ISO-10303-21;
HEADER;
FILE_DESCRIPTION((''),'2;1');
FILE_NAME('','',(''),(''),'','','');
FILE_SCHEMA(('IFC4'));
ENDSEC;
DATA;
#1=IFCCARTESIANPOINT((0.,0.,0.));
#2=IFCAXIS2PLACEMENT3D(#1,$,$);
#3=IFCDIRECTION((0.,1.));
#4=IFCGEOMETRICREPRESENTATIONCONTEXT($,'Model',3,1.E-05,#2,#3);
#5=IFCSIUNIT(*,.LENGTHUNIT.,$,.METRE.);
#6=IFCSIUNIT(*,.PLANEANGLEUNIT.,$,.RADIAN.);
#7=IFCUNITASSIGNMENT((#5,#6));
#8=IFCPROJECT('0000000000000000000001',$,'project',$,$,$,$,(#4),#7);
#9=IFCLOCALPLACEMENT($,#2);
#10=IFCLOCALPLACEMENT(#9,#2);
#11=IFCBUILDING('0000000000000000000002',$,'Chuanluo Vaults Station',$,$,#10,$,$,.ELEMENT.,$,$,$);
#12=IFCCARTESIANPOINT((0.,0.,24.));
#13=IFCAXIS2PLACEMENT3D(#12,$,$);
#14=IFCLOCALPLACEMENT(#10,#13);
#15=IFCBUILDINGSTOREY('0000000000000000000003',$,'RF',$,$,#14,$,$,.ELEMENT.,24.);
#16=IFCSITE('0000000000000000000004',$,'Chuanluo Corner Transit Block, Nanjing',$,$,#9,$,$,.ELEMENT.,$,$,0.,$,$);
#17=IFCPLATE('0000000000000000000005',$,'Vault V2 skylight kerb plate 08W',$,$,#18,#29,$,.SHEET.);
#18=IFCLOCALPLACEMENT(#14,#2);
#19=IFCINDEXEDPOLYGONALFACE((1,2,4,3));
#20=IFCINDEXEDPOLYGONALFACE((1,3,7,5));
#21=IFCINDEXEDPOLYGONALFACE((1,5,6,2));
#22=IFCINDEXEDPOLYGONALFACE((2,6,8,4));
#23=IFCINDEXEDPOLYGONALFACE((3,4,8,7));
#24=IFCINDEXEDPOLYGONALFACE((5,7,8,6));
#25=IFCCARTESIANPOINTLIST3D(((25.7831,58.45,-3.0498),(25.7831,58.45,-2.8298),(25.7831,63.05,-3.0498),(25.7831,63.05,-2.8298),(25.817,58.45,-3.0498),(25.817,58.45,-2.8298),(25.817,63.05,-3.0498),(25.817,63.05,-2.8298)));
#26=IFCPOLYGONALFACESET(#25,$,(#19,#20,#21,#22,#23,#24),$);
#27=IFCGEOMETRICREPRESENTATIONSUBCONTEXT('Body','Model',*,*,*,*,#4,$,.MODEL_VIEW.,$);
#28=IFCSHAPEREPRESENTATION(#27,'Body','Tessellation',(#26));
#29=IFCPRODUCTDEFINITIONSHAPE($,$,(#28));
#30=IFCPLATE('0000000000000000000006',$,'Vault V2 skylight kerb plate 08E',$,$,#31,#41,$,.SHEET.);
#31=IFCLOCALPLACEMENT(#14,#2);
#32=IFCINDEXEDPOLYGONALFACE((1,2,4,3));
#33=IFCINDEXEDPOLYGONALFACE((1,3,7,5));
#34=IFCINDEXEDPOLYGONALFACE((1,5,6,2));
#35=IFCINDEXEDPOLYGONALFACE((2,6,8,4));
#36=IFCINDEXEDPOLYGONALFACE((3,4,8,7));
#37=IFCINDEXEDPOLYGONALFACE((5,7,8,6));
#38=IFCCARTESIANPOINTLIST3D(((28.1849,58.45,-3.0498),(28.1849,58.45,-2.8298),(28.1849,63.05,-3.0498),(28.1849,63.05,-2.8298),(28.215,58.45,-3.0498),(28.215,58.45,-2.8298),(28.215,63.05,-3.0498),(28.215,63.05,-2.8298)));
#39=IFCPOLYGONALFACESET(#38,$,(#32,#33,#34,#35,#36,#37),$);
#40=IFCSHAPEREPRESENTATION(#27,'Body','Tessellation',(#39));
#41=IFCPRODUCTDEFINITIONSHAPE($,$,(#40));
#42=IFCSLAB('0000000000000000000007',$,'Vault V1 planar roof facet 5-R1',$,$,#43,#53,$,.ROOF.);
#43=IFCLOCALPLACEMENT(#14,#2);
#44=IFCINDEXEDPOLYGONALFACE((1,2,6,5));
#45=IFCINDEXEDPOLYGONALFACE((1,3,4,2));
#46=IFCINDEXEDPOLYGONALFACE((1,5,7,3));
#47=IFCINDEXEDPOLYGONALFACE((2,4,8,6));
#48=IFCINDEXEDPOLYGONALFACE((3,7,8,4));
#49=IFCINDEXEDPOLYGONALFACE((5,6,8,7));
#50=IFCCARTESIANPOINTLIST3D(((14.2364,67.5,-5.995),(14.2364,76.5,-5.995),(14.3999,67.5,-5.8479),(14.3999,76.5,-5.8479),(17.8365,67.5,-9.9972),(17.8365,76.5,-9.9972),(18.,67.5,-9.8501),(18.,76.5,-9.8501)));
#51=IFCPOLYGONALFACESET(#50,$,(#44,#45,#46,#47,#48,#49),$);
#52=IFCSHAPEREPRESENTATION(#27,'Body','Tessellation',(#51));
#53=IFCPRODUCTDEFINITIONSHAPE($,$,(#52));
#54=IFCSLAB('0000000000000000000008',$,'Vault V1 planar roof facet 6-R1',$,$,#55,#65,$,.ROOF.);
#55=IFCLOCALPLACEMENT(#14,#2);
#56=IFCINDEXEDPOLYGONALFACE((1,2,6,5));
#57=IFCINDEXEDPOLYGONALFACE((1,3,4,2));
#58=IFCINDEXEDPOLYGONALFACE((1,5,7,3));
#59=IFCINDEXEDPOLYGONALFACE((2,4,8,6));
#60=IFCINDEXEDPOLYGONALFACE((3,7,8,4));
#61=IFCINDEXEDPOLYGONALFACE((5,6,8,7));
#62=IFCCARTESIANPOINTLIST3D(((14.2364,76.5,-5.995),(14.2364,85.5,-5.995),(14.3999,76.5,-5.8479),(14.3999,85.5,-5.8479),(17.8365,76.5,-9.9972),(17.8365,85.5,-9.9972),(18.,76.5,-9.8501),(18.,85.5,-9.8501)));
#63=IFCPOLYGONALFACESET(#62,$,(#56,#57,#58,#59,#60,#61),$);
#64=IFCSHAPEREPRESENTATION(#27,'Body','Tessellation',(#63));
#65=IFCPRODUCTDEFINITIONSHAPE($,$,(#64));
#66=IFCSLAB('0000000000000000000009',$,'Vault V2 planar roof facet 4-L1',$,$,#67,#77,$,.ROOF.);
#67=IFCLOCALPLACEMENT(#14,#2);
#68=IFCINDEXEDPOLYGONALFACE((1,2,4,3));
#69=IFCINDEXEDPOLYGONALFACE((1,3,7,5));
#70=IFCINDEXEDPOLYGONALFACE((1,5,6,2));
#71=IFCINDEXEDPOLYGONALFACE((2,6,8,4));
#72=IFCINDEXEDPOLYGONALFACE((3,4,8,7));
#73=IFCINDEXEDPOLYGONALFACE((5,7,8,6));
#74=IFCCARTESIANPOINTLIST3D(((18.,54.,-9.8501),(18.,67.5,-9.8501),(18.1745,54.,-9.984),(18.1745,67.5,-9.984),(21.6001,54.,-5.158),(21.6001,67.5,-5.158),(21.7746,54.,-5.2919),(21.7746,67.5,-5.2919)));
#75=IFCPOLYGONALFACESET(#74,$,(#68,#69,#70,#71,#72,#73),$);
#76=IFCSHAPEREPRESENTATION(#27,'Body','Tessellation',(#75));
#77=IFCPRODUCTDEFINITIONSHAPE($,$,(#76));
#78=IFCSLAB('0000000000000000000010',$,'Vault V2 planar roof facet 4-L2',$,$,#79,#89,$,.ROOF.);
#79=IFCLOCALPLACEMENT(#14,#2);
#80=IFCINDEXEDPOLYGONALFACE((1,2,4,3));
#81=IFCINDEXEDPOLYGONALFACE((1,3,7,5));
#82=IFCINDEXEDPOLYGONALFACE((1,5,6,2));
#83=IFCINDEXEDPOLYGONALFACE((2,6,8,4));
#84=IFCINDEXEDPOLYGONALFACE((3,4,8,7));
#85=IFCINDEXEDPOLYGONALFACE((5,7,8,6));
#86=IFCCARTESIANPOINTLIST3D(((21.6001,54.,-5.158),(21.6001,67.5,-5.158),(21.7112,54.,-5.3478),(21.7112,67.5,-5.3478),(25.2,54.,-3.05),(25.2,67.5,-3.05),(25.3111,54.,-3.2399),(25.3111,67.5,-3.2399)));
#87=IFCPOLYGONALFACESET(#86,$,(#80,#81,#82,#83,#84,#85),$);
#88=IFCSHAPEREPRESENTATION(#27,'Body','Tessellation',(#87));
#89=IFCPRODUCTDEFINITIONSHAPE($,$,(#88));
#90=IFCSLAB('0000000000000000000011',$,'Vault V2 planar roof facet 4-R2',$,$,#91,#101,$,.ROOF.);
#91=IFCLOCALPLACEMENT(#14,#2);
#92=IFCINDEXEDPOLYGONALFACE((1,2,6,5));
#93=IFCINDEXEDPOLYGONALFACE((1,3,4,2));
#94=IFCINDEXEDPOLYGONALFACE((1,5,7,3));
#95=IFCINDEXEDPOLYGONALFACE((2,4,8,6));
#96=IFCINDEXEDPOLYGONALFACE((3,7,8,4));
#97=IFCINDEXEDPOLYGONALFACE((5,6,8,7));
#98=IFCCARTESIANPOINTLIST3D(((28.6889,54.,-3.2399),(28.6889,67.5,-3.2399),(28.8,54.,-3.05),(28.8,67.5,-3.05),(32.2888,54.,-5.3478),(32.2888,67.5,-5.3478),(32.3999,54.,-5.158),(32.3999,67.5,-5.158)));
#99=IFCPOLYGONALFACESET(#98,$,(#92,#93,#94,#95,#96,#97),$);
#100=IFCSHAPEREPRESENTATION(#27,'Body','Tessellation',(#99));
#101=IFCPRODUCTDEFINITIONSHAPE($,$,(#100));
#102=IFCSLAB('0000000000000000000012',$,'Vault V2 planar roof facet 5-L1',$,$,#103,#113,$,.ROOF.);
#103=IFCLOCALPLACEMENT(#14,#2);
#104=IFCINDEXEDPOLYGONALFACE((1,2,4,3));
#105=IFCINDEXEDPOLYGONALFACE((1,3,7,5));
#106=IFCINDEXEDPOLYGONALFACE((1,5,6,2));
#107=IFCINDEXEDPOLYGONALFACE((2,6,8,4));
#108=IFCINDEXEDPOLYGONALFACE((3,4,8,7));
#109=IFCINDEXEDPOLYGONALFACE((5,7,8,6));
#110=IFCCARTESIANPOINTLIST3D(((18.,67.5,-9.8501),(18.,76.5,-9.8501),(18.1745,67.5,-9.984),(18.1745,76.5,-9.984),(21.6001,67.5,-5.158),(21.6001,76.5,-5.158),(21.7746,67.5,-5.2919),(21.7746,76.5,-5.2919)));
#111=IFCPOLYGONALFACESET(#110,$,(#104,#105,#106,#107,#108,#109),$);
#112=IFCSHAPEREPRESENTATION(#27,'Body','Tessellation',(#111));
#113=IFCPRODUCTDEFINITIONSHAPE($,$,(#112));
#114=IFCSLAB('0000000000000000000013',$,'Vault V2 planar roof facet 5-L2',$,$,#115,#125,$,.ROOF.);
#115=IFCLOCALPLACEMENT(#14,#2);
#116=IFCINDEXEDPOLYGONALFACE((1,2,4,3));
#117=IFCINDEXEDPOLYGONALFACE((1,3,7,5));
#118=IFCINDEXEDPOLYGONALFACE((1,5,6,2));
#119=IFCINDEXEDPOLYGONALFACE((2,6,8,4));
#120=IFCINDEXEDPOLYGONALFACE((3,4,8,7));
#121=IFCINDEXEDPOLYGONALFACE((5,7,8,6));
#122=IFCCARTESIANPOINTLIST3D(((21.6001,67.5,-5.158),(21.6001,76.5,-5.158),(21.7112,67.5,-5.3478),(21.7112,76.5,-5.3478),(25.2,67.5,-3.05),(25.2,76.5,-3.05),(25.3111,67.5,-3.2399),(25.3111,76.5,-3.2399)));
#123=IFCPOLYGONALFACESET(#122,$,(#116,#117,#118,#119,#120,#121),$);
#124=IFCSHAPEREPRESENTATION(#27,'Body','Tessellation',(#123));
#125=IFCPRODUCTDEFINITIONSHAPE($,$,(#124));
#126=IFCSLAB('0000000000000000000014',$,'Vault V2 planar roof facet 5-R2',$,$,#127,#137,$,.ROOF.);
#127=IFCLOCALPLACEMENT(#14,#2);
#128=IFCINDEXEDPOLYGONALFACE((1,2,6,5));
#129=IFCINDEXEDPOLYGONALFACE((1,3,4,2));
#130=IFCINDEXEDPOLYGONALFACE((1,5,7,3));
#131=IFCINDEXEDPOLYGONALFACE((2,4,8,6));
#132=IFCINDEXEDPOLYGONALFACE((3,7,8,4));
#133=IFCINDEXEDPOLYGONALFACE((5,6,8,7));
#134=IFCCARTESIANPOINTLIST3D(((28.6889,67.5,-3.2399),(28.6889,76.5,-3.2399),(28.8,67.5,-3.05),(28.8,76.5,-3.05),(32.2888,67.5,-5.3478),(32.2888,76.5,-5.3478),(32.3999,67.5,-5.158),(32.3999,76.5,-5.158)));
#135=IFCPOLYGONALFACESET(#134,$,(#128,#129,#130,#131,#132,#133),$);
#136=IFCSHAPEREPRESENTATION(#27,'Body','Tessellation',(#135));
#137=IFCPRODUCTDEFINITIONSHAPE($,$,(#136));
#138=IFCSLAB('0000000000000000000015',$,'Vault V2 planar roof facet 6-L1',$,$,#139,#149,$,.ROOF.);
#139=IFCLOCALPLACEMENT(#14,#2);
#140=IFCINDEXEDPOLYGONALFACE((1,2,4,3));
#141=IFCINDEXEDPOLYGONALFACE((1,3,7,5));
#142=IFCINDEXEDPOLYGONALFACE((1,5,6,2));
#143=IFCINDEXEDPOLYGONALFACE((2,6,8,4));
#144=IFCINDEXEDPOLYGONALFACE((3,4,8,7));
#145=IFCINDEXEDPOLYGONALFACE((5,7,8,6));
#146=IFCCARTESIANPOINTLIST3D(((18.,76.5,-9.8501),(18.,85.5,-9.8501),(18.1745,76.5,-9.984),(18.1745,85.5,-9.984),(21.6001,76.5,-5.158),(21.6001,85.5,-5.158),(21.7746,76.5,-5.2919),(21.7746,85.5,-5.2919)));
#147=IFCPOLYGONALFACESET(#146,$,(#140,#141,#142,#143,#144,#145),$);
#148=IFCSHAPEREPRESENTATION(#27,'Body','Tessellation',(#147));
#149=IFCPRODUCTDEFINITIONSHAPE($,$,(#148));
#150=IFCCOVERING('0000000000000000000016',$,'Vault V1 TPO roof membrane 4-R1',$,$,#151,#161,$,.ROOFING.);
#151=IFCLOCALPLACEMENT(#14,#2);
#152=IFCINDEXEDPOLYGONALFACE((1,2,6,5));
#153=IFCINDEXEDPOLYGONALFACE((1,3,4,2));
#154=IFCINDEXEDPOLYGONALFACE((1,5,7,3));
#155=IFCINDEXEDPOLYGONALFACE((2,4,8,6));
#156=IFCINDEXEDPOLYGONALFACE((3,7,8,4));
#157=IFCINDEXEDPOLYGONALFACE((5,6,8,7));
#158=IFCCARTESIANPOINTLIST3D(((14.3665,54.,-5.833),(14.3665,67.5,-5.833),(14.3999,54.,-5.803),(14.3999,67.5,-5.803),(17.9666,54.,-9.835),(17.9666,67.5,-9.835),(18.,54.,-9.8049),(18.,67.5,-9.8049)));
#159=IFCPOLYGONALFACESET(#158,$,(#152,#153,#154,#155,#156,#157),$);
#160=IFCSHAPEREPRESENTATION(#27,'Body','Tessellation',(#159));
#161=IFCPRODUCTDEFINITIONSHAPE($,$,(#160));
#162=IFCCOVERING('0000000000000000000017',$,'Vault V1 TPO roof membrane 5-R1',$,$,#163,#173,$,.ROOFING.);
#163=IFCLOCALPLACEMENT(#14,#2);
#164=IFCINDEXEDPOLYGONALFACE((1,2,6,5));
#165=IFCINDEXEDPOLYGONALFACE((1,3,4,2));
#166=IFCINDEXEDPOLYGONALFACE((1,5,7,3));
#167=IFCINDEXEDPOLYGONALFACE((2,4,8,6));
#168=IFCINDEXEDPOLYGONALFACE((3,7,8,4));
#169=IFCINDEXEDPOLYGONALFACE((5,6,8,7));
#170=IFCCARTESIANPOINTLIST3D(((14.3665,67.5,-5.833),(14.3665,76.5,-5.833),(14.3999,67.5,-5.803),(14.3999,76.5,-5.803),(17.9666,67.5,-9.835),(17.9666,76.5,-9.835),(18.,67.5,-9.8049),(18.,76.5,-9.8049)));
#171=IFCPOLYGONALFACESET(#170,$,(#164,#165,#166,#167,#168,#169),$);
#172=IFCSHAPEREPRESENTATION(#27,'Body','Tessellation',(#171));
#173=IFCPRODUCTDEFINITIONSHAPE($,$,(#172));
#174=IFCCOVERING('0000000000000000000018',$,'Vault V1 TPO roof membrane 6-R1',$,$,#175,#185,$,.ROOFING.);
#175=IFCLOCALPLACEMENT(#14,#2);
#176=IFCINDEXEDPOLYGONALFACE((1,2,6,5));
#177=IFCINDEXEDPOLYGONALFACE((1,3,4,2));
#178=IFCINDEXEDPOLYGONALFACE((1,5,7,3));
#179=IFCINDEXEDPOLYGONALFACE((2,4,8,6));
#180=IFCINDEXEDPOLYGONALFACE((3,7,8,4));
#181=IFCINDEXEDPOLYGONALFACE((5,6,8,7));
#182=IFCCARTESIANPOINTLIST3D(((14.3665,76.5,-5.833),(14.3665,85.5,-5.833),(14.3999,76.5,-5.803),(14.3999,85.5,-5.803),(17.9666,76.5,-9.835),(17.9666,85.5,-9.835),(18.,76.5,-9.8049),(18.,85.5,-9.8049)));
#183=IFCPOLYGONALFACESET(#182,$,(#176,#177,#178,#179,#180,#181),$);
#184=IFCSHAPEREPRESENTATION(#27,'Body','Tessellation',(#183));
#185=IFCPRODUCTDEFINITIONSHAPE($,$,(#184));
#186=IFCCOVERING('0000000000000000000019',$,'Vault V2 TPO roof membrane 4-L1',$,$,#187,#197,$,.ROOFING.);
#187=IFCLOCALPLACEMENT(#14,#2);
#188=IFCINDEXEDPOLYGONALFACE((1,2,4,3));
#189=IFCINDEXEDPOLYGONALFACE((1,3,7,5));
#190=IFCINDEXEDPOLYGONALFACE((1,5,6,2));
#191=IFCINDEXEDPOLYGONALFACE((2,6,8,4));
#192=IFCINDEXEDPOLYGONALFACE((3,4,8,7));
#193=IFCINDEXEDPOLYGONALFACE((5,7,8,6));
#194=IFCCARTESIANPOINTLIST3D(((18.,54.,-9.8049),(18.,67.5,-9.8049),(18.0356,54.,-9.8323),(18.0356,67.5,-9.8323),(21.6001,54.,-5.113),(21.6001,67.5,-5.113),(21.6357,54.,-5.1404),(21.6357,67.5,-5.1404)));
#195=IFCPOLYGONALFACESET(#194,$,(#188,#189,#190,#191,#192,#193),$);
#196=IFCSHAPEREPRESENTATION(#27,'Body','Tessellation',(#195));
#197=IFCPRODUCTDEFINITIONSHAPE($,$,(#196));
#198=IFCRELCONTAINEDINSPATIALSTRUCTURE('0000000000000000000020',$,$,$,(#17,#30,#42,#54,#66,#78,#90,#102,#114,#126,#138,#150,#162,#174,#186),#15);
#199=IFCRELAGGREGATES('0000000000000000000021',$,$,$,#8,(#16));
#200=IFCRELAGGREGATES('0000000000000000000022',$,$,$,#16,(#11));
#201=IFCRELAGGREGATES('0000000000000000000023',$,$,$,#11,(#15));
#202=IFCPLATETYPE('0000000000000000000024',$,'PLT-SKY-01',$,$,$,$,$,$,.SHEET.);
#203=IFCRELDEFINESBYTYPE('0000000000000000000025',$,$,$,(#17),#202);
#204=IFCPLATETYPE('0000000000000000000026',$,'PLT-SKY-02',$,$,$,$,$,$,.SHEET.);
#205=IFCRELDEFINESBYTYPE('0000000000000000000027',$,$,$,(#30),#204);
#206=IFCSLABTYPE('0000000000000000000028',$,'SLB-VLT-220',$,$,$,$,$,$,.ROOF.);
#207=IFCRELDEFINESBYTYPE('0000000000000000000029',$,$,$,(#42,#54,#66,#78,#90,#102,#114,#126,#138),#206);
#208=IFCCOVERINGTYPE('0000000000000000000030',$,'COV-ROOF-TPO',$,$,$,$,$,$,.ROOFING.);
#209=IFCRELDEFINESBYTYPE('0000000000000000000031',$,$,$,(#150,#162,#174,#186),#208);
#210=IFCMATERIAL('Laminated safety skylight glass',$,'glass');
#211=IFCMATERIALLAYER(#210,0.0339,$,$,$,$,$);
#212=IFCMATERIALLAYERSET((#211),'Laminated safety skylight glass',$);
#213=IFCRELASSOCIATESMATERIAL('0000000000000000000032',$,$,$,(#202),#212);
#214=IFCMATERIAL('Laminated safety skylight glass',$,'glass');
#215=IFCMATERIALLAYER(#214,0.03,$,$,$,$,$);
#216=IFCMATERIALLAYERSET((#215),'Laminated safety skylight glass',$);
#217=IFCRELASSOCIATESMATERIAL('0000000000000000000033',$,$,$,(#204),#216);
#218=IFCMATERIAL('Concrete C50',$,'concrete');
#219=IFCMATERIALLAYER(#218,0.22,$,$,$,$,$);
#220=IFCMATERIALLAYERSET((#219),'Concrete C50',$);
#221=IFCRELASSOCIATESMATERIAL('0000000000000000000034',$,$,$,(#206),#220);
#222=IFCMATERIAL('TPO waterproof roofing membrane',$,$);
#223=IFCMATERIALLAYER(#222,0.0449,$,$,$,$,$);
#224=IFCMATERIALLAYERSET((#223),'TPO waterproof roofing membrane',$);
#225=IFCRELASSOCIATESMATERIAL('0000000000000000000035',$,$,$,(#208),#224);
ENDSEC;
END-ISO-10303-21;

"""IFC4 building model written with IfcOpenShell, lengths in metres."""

from ifc_helpers import new_model, si_unit, direction, frame, origin, origin_2d, place, context, subcontext, project, spatial, polyline, rectangle, outline, extrude, material, layer, layer_set, type_object, element, save


model = new_model("IFC4")

# Units and contexts
model_context = context("Model", 3, precision=1e-05, world=origin(), true_north=direction((0.0, 1.0)))
body_context = subcontext(model_context, "Body", "Model", "MODEL_VIEW")
ifc_project = project(units=[si_unit("LENGTHUNIT", "METRE"), si_unit("PLANEANGLEUNIT", "RADIAN")], contexts=[model_context])

# Site, building, storey
site_placement = place(None, origin())
site = spatial("IfcSite", under=ifc_project, at=site_placement, Name="Chuanluo Corner Transit Block, Nanjing", CompositionType="ELEMENT", RefElevation=0.0)
building_placement = place(site_placement, origin())
building = spatial("IfcBuilding", under=site, at=building_placement, Name="Chuanluo Vaults Station", CompositionType="ELEMENT")
storey_placement = place(building_placement, frame((0.0, 0.0, 24.0)))
storey = spatial("IfcBuildingStorey", under=building, at=storey_placement, Name="RF", CompositionType="ELEMENT", Elevation=24.0)

# Plates
ifc_material_1 = material(Name="Laminated safety skylight glass", Category="glass")
ifc_layer_1 = layer(ifc_material_1, 0.0339)
ifc_layer_set_1 = layer_set([ifc_layer_1], Name="Laminated safety skylight glass")
plate_type_1 = type_object("IfcPlateType", Name="PLT-SKY-01", PredefinedType="SHEET", material=ifc_layer_set_1)
plate_1_placement = place(storey_placement, frame((25.8, 60.75, -3.0498), z_axis=(0.0, 0.0, 1.0), x_axis=(1.0, 0.0, 0.0)))
element("IfcPlate", 1, at=plate_1_placement, inside=storey, type_object=plate_type_1, Name="Vault V2 skylight kerb plate 08W", PredefinedType="SHEET", context=body_context, shape_type="SweptSolid", body=[
    extrude(rectangle(XDim=0.0339, YDim=4.6001, at=origin_2d()), origin(), (0.0, 0.0, 1.0), 0.22),
])
ifc_material_2 = material(Name="Laminated safety skylight glass", Category="glass")
ifc_layer_2 = layer(ifc_material_2, 0.03)
ifc_layer_set_2 = layer_set([ifc_layer_2], Name="Laminated safety skylight glass")
plate_type_2 = type_object("IfcPlateType", Name="PLT-SKY-02", PredefinedType="SHEET", material=ifc_layer_set_2)
plate_2_placement = place(storey_placement, frame((28.2, 60.75, -3.0498), z_axis=(0.0, 0.0, 1.0), x_axis=(1.0, 0.0, 0.0)))
element("IfcPlate", 2, at=plate_2_placement, inside=storey, type_object=plate_type_2, Name="Vault V2 skylight kerb plate 08E", PredefinedType="SHEET", context=body_context, shape_type="SweptSolid", body=[
    extrude(rectangle(XDim=0.03, YDim=4.6001, at=origin_2d()), origin(), (0.0, 0.0, 1.0), 0.22),
])

# Slabs
ifc_material_3 = material(Name="Concrete C50", Category="concrete")
ifc_layer_3 = layer(ifc_material_3, 0.22)
ifc_layer_set_3 = layer_set([ifc_layer_3], Name="Concrete C50")
slab_type = type_object("IfcSlabType", Name="SLB-VLT-220", PredefinedType="ROOF", material=ifc_layer_set_3)
for number, where, z_axis, x_axis, name in (
    (3, (14.3999, 67.5, -5.8479), (0.743468, 0.0, 0.668772), (0.668772, 0.0, -0.743468), "Vault V1 planar roof facet 5-R1"),
    (4, (14.3999, 76.5, -5.8479), (0.743468, 0.0, 0.668772), (0.668772, 0.0, -0.743468), "Vault V1 planar roof facet 6-R1"),
):
    element("IfcSlab", number, at=place(storey_placement, frame(where, z_axis=z_axis, x_axis=x_axis)), inside=storey, type_object=slab_type, Name=name, PredefinedType="ROOF", context=body_context, shape_type="SweptSolid", body=[
        extrude(outline(polyline([(0.0, 0.0), (5.3831, 0.0), (5.3831, 9.0), (0.0, 9.0), (0.0, 0.0)])), origin(), (0.0, 0.0, -1.0), 0.22),
    ])
slab_1_placement = place(storey_placement, frame((18.0, 54.0, -9.8501), z_axis=(-0.793378, 0.0, 0.608729), x_axis=(0.608729, 0.0, 0.793378)))
element("IfcSlab", 5, at=slab_1_placement, inside=storey, type_object=slab_type, Name="Vault V2 planar roof facet 4-L1", PredefinedType="ROOF", context=body_context, shape_type="SweptSolid", body=[
    extrude(outline(polyline([(0.0, 0.0), (5.9141, 0.0), (5.9141, 13.5), (0.0, 13.5), (0.0, 0.0)])), origin(), (0.0, 0.0, -1.0), 0.22),
])
for number, where, z_axis, x_axis, name in (
    (6, (21.6001, 54.0, -5.158), (-0.5053, 0.0, 0.862944), (0.862944, 0.0, 0.5053), "Vault V2 planar roof facet 4-L2"),
    (7, (28.8, 54.0, -3.05), (0.5053, 0.0, 0.862944), (0.862944, 0.0, -0.5053), "Vault V2 planar roof facet 4-R2"),
):
    element("IfcSlab", number, at=place(storey_placement, frame(where, z_axis=z_axis, x_axis=x_axis)), inside=storey, type_object=slab_type, Name=name, PredefinedType="ROOF", context=body_context, shape_type="SweptSolid", body=[
        extrude(outline(polyline([(0.0, 0.0), (4.1716, 0.0), (4.1716, 13.5), (0.0, 13.5), (0.0, 0.0)])), origin(), (0.0, 0.0, -1.0), 0.22),
    ])
slab_2_placement = place(storey_placement, frame((18.0, 67.5, -9.8501), z_axis=(-0.793378, 0.0, 0.608729), x_axis=(0.608729, 0.0, 0.793378)))
element("IfcSlab", 8, at=slab_2_placement, inside=storey, type_object=slab_type, Name="Vault V2 planar roof facet 5-L1", PredefinedType="ROOF", context=body_context, shape_type="SweptSolid", body=[
    extrude(outline(polyline([(0.0, 0.0), (5.9141, 0.0), (5.9141, 9.0), (0.0, 9.0), (0.0, 0.0)])), origin(), (0.0, 0.0, -1.0), 0.22),
])
for number, where, z_axis, x_axis, name in (
    (9, (21.6001, 67.5, -5.158), (-0.5053, 0.0, 0.862944), (0.862944, 0.0, 0.5053), "Vault V2 planar roof facet 5-L2"),
    (10, (28.8, 67.5, -3.05), (0.5053, 0.0, 0.862944), (0.862944, 0.0, -0.5053), "Vault V2 planar roof facet 5-R2"),
):
    element("IfcSlab", number, at=place(storey_placement, frame(where, z_axis=z_axis, x_axis=x_axis)), inside=storey, type_object=slab_type, Name=name, PredefinedType="ROOF", context=body_context, shape_type="SweptSolid", body=[
        extrude(outline(polyline([(0.0, 0.0), (4.1716, 0.0), (4.1716, 9.0), (0.0, 9.0), (0.0, 0.0)])), origin(), (0.0, 0.0, -1.0), 0.22),
    ])
slab_3_placement = place(storey_placement, frame((18.0, 76.5, -9.8501), z_axis=(-0.793378, 0.0, 0.608729), x_axis=(0.608729, 0.0, 0.793378)))
element("IfcSlab", 11, at=slab_3_placement, inside=storey, type_object=slab_type, Name="Vault V2 planar roof facet 6-L1", PredefinedType="ROOF", context=body_context, shape_type="SweptSolid", body=[
    extrude(outline(polyline([(0.0, 0.0), (5.9141, 0.0), (5.9141, 9.0), (0.0, 9.0), (0.0, 0.0)])), origin(), (0.0, 0.0, -1.0), 0.22),
])

# Coverings
ifc_material_4 = material(Name="TPO waterproof roofing membrane")
ifc_layer_4 = layer(ifc_material_4, 0.0449)
ifc_layer_set_4 = layer_set([ifc_layer_4], Name="TPO waterproof roofing membrane")
covering_type = type_object("IfcCoveringType", Name="COV-ROOF-TPO", PredefinedType="ROOFING", material=ifc_layer_set_4)
covering_1_placement = place(storey_placement, frame((14.3999, 54.0, -5.803), z_axis=(0.743447, 0.0, 0.668794), x_axis=(0.668794, 0.0, -0.743447)))
element("IfcCovering", 12, at=covering_1_placement, inside=storey, type_object=covering_type, Name="Vault V1 TPO roof membrane 4-R1", PredefinedType="ROOFING", context=body_context, shape_type="SweptSolid", body=[
    extrude(outline(polyline([(0.0, 0.0), (5.383, 0.0), (5.383, 13.5), (0.0, 13.5), (0.0, 0.0)])), origin(), (0.0, 0.0, -1.0), 0.0449),
])
for number, where, z_axis, x_axis, name in (
    (13, (14.3999, 67.5, -5.803), (0.743447, 0.0, 0.668794), (0.668794, 0.0, -0.743447), "Vault V1 TPO roof membrane 5-R1"),
    (14, (14.3999, 76.5, -5.803), (0.743447, 0.0, 0.668794), (0.668794, 0.0, -0.743447), "Vault V1 TPO roof membrane 6-R1"),
):
    element("IfcCovering", number, at=place(storey_placement, frame(where, z_axis=z_axis, x_axis=x_axis)), inside=storey, type_object=covering_type, Name=name, PredefinedType="ROOFING", context=body_context, shape_type="SweptSolid", body=[
        extrude(outline(polyline([(0.0, 0.0), (5.383, 0.0), (5.383, 9.0), (0.0, 9.0), (0.0, 0.0)])), origin(), (0.0, 0.0, -1.0), 0.0449),
    ])
covering_2_placement = place(storey_placement, frame((18.0, 54.0, -9.8049), z_axis=(-0.793363, 0.0, 0.608749), x_axis=(0.608749, 0.0, 0.793363)))
element("IfcCovering", 15, at=covering_2_placement, inside=storey, type_object=covering_type, Name="Vault V2 TPO roof membrane 4-L1", PredefinedType="ROOFING", context=body_context, shape_type="SweptSolid", body=[
    extrude(outline(polyline([(0.0, 0.0), (5.9139, 0.0), (5.9139, 13.5), (0.0, 13.5), (0.0, 0.0)])), origin(), (0.0, 0.0, -1.0), 0.0449),
])

save(model, "model.ifc")
